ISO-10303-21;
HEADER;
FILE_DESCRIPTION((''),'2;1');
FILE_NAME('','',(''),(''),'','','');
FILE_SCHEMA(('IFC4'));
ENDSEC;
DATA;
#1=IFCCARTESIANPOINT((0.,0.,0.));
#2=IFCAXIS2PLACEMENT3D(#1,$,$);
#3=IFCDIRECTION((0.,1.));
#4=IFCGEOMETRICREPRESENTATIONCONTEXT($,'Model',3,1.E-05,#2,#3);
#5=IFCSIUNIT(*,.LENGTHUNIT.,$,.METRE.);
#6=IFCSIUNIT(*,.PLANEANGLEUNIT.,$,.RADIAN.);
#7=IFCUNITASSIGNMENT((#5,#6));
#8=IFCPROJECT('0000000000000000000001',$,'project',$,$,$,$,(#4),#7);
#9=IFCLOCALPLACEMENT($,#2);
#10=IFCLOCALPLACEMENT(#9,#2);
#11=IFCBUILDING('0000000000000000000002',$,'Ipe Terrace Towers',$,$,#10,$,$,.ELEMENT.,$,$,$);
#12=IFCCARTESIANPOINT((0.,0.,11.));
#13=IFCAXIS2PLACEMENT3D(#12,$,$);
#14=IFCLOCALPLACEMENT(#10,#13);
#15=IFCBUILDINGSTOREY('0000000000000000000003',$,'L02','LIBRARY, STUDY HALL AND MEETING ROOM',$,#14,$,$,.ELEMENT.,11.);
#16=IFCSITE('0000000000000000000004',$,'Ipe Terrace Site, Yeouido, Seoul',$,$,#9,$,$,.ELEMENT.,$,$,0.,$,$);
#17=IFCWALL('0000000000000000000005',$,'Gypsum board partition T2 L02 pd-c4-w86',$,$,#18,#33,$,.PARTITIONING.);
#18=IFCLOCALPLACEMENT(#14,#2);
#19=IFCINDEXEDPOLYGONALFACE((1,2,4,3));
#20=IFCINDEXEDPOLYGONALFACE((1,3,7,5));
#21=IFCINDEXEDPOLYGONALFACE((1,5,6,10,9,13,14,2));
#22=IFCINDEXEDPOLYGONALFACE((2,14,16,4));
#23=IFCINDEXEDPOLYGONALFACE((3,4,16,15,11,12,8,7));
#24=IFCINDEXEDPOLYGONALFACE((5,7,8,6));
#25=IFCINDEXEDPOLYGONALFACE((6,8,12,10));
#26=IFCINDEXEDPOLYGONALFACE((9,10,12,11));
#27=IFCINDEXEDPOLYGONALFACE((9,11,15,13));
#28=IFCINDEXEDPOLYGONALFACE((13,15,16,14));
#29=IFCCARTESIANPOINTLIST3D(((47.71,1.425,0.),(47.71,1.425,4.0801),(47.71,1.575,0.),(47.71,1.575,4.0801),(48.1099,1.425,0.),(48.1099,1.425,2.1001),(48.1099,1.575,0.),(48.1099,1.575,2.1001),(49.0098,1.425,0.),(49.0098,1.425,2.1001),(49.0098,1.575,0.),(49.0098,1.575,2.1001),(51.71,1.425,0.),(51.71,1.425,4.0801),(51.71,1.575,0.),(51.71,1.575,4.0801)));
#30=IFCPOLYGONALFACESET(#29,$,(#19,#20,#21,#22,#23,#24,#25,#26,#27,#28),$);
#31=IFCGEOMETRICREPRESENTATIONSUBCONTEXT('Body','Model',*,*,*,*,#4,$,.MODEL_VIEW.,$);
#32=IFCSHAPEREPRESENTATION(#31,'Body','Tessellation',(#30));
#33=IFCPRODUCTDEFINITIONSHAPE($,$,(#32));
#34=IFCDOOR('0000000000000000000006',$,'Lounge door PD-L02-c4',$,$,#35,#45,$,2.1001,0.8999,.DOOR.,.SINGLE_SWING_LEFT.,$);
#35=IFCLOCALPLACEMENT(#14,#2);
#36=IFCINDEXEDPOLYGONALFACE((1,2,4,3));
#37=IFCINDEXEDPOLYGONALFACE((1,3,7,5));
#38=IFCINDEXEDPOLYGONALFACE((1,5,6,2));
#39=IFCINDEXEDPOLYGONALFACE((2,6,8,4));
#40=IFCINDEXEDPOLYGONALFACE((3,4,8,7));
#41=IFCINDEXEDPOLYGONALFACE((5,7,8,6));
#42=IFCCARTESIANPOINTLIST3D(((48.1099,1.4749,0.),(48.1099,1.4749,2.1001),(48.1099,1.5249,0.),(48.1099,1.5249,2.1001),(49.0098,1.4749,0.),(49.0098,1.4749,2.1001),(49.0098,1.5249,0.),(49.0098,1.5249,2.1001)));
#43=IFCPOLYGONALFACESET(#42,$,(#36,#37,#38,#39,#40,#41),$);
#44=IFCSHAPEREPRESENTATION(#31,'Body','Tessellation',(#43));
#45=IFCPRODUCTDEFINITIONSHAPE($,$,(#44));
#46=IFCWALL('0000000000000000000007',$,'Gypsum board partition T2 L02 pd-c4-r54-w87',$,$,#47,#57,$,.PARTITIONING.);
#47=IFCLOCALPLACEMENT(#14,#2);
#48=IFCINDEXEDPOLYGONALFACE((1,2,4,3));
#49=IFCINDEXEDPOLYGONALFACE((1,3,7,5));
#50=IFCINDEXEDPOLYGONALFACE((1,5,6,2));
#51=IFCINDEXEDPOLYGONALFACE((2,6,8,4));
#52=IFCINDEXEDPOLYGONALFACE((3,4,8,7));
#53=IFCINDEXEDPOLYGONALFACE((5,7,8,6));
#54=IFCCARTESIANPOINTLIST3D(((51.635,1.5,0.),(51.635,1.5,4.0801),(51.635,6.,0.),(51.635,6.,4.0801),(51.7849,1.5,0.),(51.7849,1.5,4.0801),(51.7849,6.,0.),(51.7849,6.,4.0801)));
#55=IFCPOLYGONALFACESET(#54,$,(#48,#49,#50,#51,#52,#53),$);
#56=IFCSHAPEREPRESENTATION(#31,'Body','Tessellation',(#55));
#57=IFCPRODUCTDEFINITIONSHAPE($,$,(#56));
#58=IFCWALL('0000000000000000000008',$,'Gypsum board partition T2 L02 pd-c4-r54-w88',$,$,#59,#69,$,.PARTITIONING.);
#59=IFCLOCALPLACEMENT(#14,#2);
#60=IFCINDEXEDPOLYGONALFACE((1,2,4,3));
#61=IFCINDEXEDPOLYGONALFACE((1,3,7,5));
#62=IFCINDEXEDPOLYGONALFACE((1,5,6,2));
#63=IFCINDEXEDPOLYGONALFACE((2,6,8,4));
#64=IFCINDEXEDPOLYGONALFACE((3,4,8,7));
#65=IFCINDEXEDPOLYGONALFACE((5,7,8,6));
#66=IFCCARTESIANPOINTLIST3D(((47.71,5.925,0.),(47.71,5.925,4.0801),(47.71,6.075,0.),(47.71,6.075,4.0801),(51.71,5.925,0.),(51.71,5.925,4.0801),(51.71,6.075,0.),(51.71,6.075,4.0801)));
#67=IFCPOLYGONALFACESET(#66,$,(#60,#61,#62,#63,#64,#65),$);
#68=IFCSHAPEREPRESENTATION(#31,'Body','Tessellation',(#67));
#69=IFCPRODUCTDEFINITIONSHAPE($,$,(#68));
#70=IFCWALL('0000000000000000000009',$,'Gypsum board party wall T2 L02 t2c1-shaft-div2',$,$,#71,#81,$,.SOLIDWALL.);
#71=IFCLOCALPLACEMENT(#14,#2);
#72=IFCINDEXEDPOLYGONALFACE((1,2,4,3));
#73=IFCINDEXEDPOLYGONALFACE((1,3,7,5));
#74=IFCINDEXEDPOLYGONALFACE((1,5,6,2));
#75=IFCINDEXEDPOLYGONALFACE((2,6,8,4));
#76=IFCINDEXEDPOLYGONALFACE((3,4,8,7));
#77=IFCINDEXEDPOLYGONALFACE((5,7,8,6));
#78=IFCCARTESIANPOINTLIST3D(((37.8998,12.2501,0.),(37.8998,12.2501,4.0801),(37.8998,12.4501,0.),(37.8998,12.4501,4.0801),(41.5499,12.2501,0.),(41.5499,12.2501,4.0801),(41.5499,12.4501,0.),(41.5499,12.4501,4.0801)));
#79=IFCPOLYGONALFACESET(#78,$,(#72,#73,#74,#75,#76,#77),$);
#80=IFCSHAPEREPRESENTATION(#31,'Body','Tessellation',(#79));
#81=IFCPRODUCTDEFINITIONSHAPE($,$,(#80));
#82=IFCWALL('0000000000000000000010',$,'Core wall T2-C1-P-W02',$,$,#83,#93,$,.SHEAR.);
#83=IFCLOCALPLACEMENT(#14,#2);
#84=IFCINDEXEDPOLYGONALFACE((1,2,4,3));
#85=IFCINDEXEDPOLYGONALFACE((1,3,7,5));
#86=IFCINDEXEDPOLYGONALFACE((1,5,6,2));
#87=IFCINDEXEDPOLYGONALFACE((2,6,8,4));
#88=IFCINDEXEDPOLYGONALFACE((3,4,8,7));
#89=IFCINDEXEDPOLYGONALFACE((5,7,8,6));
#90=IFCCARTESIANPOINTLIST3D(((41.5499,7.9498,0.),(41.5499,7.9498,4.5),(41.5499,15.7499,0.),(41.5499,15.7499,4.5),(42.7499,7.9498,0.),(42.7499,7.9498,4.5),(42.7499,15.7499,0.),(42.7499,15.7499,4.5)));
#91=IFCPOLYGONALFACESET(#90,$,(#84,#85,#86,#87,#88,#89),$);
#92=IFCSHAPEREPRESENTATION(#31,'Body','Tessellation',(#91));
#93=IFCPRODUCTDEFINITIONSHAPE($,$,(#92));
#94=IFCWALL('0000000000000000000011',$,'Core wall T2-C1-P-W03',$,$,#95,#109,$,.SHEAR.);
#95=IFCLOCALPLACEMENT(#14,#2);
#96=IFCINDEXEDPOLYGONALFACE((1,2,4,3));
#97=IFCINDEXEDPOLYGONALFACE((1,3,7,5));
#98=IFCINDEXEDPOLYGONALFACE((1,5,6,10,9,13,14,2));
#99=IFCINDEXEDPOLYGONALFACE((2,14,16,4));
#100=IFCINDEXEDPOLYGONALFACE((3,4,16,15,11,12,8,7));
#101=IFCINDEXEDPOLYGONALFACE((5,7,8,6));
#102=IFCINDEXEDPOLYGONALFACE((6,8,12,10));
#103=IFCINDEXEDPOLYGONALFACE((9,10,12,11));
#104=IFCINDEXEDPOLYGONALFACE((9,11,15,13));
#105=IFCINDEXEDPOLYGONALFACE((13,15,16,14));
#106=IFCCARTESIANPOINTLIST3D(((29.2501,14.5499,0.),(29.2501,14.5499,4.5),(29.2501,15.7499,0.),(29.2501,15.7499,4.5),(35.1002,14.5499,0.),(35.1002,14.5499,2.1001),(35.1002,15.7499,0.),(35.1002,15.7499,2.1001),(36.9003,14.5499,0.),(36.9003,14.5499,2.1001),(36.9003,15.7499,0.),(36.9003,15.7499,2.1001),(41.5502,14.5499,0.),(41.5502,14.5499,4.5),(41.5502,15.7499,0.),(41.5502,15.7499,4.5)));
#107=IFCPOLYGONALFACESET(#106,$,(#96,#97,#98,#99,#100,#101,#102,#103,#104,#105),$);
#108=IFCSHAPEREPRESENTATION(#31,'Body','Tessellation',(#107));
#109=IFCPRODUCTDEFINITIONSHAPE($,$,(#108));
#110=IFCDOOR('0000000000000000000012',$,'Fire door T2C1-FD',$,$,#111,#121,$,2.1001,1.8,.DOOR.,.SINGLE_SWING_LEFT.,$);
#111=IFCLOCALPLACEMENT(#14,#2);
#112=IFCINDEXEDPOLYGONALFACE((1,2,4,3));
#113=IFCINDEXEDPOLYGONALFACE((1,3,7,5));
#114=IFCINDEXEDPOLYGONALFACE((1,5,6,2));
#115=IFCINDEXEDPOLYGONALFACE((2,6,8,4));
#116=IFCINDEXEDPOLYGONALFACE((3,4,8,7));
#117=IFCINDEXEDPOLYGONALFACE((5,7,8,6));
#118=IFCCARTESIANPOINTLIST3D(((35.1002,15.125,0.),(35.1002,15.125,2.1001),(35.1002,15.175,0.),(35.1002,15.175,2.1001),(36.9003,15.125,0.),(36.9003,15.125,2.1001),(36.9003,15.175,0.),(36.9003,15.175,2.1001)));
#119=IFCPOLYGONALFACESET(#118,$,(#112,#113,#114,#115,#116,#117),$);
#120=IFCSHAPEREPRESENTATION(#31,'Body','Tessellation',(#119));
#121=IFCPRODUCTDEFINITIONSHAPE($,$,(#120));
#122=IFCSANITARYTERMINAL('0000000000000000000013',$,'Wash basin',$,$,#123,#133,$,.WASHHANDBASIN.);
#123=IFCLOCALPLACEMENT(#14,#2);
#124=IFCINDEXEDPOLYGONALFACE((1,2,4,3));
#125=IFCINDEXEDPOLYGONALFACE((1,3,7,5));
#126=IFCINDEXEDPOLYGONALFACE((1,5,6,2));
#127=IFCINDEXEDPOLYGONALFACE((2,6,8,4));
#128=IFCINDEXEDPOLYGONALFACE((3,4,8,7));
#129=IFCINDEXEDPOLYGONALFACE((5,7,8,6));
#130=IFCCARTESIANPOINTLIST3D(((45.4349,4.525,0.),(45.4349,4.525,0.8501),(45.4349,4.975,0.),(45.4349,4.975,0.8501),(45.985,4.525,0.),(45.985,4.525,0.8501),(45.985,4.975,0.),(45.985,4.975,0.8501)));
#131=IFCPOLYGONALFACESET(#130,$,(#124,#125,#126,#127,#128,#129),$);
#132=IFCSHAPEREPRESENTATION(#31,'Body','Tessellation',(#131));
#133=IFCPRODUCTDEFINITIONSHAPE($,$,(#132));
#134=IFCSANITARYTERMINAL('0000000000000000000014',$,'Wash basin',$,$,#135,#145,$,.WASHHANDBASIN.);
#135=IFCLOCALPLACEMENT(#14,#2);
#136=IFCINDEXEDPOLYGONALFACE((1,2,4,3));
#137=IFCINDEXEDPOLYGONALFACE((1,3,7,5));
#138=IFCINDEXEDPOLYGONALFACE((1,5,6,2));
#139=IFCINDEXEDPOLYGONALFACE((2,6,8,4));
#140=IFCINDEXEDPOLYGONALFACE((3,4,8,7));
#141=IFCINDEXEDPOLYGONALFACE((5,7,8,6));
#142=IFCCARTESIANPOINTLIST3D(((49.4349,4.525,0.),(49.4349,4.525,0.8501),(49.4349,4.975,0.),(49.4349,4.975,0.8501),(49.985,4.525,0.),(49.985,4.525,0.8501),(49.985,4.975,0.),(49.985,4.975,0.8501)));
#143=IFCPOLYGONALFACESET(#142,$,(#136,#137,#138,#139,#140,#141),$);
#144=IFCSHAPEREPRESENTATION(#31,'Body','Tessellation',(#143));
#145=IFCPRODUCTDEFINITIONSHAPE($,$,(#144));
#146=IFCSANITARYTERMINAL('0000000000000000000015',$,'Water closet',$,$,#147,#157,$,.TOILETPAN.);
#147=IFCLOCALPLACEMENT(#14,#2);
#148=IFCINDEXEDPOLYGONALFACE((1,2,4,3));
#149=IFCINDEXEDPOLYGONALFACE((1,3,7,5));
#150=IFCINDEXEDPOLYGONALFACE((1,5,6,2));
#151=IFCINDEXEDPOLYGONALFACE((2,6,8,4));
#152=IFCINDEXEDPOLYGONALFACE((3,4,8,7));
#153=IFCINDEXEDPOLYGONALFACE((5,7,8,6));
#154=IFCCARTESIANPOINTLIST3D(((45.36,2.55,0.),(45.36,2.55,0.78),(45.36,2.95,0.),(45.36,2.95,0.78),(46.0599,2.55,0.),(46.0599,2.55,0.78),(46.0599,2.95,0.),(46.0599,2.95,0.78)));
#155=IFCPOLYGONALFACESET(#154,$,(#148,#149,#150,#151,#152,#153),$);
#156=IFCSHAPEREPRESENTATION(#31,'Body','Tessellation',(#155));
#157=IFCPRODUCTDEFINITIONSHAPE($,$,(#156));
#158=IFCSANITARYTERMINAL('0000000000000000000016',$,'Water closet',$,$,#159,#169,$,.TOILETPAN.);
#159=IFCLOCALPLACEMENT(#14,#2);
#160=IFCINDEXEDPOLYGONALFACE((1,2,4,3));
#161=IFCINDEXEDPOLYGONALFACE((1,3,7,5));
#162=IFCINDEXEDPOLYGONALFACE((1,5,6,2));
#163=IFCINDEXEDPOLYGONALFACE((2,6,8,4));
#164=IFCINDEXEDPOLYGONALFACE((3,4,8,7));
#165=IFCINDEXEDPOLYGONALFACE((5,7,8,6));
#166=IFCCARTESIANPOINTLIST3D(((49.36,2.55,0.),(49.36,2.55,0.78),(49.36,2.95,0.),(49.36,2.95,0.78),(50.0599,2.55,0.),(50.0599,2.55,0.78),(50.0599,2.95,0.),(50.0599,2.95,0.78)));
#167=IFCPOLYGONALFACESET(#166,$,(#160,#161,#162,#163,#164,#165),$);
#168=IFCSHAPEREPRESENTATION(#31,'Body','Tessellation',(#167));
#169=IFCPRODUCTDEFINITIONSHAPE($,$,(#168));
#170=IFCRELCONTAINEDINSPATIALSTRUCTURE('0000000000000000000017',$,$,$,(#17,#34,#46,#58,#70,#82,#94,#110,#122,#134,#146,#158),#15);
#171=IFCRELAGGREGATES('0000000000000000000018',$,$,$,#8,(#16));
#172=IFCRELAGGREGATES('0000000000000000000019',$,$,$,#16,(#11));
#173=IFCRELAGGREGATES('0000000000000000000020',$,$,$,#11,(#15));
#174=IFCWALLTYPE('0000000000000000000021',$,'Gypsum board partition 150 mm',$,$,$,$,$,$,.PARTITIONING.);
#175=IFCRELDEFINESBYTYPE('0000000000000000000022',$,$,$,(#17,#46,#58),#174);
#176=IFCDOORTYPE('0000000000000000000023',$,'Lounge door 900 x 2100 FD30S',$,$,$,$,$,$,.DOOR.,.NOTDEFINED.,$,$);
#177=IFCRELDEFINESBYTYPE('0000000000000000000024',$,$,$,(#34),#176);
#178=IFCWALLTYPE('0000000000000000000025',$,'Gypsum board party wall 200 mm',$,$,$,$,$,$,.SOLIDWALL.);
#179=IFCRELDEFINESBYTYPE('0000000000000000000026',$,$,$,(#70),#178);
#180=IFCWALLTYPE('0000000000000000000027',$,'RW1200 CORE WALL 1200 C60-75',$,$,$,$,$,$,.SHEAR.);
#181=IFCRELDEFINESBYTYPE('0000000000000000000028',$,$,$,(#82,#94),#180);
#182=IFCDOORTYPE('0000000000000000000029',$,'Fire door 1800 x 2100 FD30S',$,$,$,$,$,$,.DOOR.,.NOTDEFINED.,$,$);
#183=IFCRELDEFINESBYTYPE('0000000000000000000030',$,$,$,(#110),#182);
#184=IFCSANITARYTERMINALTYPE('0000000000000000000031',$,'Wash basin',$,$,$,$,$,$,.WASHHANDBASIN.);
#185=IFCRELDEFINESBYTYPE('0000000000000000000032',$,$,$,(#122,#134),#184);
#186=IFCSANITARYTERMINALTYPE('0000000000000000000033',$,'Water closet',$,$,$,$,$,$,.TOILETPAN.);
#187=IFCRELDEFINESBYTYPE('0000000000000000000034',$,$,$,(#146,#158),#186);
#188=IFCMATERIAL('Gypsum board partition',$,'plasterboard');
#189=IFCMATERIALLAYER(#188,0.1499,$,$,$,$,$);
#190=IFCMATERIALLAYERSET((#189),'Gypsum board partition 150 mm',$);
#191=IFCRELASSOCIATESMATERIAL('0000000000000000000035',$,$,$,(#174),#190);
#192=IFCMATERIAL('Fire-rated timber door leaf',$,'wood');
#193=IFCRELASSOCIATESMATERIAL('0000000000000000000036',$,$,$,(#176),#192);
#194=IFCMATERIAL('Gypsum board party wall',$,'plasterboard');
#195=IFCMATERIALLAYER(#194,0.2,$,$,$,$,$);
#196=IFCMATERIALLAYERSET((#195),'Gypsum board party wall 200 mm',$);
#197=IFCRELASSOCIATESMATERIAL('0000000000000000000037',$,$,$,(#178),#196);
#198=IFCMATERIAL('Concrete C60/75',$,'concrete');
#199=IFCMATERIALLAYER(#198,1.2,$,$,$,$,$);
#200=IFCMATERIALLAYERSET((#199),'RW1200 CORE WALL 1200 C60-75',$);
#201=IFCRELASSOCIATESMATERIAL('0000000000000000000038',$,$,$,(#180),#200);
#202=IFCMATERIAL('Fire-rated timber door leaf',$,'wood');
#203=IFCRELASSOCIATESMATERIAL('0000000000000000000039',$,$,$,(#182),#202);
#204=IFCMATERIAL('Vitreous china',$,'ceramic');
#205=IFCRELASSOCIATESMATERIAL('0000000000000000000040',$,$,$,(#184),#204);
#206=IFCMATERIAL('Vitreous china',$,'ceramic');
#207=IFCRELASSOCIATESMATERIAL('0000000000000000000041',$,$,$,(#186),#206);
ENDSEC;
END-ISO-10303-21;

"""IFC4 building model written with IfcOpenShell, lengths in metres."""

from ifc_helpers import new_model, si_unit, direction, frame, frame_2d, origin, origin_2d, place, context, subcontext, project, spatial, rectangle, extrude, material, layer, layer_set, type_object, element, fill, save


model = new_model("IFC4")

# Units and contexts
model_context = context("Model", 3, precision=1e-05, world=origin(), true_north=direction((0.0, 1.0)))
body_context = subcontext(model_context, "Body", "Model", "MODEL_VIEW")
ifc_project = project(units=[si_unit("LENGTHUNIT", "METRE"), si_unit("PLANEANGLEUNIT", "RADIAN")], contexts=[model_context])

# Site, building, storey
site_placement = place(None, origin())
site = spatial("IfcSite", under=ifc_project, at=site_placement, Name="Ipe Terrace Site, Yeouido, Seoul", CompositionType="ELEMENT", RefElevation=0.0)
building_placement = place(site_placement, origin())
building = spatial("IfcBuilding", under=site, at=building_placement, Name="Ipe Terrace Towers", CompositionType="ELEMENT")
storey_placement = place(building_placement, frame((0.0, 0.0, 11.0)))
storey = spatial("IfcBuildingStorey", under=building, at=storey_placement, Name="L02", Description="LIBRARY, STUDY HALL AND MEETING ROOM", CompositionType="ELEMENT", Elevation=11.0)

# Shared definitions
ifc_material_1 = material(Name="Gypsum board partition", Category="plasterboard")
ifc_layer_1 = layer(ifc_material_1, 0.1499)
ifc_layer_set_1 = layer_set([ifc_layer_1], Name="Gypsum board partition 150 mm")
wall_type_1 = type_object("IfcWallType", Name="Gypsum board partition 150 mm", PredefinedType="PARTITIONING", material=ifc_layer_set_1)

# Shared definitions
ifc_material_2 = material(Name="Fire-rated timber door leaf", Category="wood")
door_type_1 = type_object("IfcDoorType", Name="Lounge door 900 x 2100 FD30S", OperationType="NOTDEFINED", PredefinedType="DOOR", material=ifc_material_2)

# Wall, opening, door
wall_1_placement = place(storey_placement, frame((47.71, 1.5, 0.0), z_axis=(0.0, 0.0, 1.0), x_axis=(1.0, 0.0, 0.0)))
wall_1 = element("IfcWall", 1, at=wall_1_placement, inside=storey, type_object=wall_type_1, Name="Gypsum board partition T2 L02 pd-c4-w86", PredefinedType="PARTITIONING", context=body_context, shape_type="SweptSolid", body=[
    extrude(rectangle(XDim=4.0, YDim=0.1499, at=frame_2d((2.0, 0.0))), origin(), (0.0, 0.0, 1.0), 4.0801),
])
opening_1_placement = place(wall_1_placement, frame((0.3999, 0.0, 0.0)))
opening_1 = element("IfcOpeningElement", 2, at=opening_1_placement, cuts=wall_1, PredefinedType="OPENING", context=body_context, shape_type="SweptSolid", body=[
    extrude(rectangle(XDim=0.8999, YDim=2.1001, at=frame_2d((0.45, 1.05))), frame((0.0, 0.085, 0.0), z_axis=(0.0, -1.0, 0.0), x_axis=(1.0, 0.0, 0.0)), (0.0, 0.0, 1.0), 0.1699),
])
door_1_placement = place(opening_1_placement, origin())
door_1 = element("IfcDoor", 3, at=door_1_placement, inside=storey, type_object=door_type_1, Name="Lounge door PD-L02-c4", OperationType="SINGLE_SWING_LEFT", OverallHeight=2.1001, OverallWidth=0.8999, PredefinedType="DOOR", context=body_context, shape_type="SweptSolid", body=[
    extrude(rectangle(XDim=0.8999, YDim=2.1001, at=frame_2d((0.45, 1.05))), frame((0.0, 0.0249, 0.0), z_axis=(0.0, -1.0, 0.0), x_axis=(1.0, 0.0, 0.0)), (0.0, 0.0, 1.0), 0.05),
])
fill(opening_1, door_1)

# Walls
wall_2_placement = place(storey_placement, frame((51.71, 1.5, 0.0), z_axis=(0.0, 0.0, 1.0), x_axis=(0.0, 1.0, 0.0)))
element("IfcWall", 4, at=wall_2_placement, inside=storey, type_object=wall_type_1, Name="Gypsum board partition T2 L02 pd-c4-r54-w87", PredefinedType="PARTITIONING", context=body_context, shape_type="SweptSolid", body=[
    extrude(rectangle(XDim=4.5, YDim=0.1499, at=frame_2d((2.25, 0.0))), origin(), (0.0, 0.0, 1.0), 4.0801),
])
wall_3_placement = place(storey_placement, frame((51.71, 6.0, 0.0), z_axis=(0.0, 0.0, 1.0), x_axis=(-1.0, 0.0, 0.0)))
element("IfcWall", 5, at=wall_3_placement, inside=storey, type_object=wall_type_1, Name="Gypsum board partition T2 L02 pd-c4-r54-w88", PredefinedType="PARTITIONING", context=body_context, shape_type="SweptSolid", body=[
    extrude(rectangle(XDim=4.0, YDim=0.1499, at=frame_2d((2.0, 0.0))), origin(), (0.0, 0.0, 1.0), 4.0801),
])
ifc_material_3 = material(Name="Gypsum board party wall", Category="plasterboard")
ifc_layer_2 = layer(ifc_material_3, 0.2)
ifc_layer_set_2 = layer_set([ifc_layer_2], Name="Gypsum board party wall 200 mm")
wall_type_2 = type_object("IfcWallType", Name="Gypsum board party wall 200 mm", PredefinedType="SOLIDWALL", material=ifc_layer_set_2)
wall_4_placement = place(storey_placement, frame((41.55, 12.3501, 0.0), z_axis=(0.0, 0.0, 1.0), x_axis=(-1.0, 0.0, 0.0)))
element("IfcWall", 6, at=wall_4_placement, inside=storey, type_object=wall_type_2, Name="Gypsum board party wall T2 L02 t2c1-shaft-div2", PredefinedType="SOLIDWALL", context=body_context, shape_type="SweptSolid", body=[
    extrude(rectangle(XDim=3.6501, YDim=0.2, at=frame_2d((1.8252, 0.0))), origin(), (0.0, 0.0, 1.0), 4.0801),
])
ifc_material_4 = material(Name="Concrete C60/75", Category="concrete")
ifc_layer_3 = layer(ifc_material_4, 1.2)
ifc_layer_set_3 = layer_set([ifc_layer_3], Name="RW1200 CORE WALL 1200 C60-75")
wall_type_3 = type_object("IfcWallType", Name="RW1200 CORE WALL 1200 C60-75", PredefinedType="SHEAR", material=ifc_layer_set_3)
wall_5_placement = place(storey_placement, frame((42.1499, 7.95, 0.0), z_axis=(0.0, 0.0, 1.0), x_axis=(0.0, 1.0, 0.0)))
element("IfcWall", 7, at=wall_5_placement, inside=storey, type_object=wall_type_3, Name="Core wall T2-C1-P-W02", PredefinedType="SHEAR", context=body_context, shape_type="SweptSolid", body=[
    extrude(rectangle(XDim=7.8, YDim=1.2, at=frame_2d((3.8999, 0.0))), origin(), (0.0, 0.0, 1.0), 4.5),
])

# Wall, opening, door
wall_6_placement = place(storey_placement, frame((41.55, 15.1499, 0.0), z_axis=(0.0, 0.0, 1.0), x_axis=(-1.0, 0.0, 0.0)))
wall_6 = element("IfcWall", 8, at=wall_6_placement, inside=storey, type_object=wall_type_3, Name="Core wall T2-C1-P-W03", PredefinedType="SHEAR", context=body_context, shape_type="SweptSolid", body=[
    extrude(rectangle(XDim=12.3, YDim=1.2, at=frame_2d((6.1499, 0.0))), origin(), (0.0, 0.0, 1.0), 4.5),
])
opening_2_placement = place(wall_6_placement, frame((4.6499, 0.0, 0.0)))
opening_2 = element("IfcOpeningElement", 9, at=opening_2_placement, cuts=wall_6, PredefinedType="OPENING", context=body_context, shape_type="SweptSolid", body=[
    extrude(rectangle(XDim=1.8, YDim=2.1001, at=frame_2d((0.8999, 1.05))), frame((0.0, 0.6099, 0.0), z_axis=(0.0, -1.0, 0.0), x_axis=(1.0, 0.0, 0.0)), (0.0, 0.0, 1.0), 1.22),
])
ifc_material_5 = material(Name="Fire-rated timber door leaf", Category="wood")
door_type_2 = type_object("IfcDoorType", Name="Fire door 1800 x 2100 FD30S", OperationType="NOTDEFINED", PredefinedType="DOOR", material=ifc_material_5)
door_2_placement = place(opening_2_placement, origin())
door_2 = element("IfcDoor", 10, at=door_2_placement, inside=storey, type_object=door_type_2, Name="Fire door T2C1-FD", OperationType="SINGLE_SWING_LEFT", OverallHeight=2.1001, OverallWidth=1.8, PredefinedType="DOOR", context=body_context, shape_type="SweptSolid", body=[
    extrude(rectangle(XDim=1.8, YDim=2.1001, at=frame_2d((0.8999, 1.05))), frame((0.0, 0.0249, 0.0), z_axis=(0.0, -1.0, 0.0), x_axis=(1.0, 0.0, 0.0)), (0.0, 0.0, 1.0), 0.05),
])
fill(opening_2, door_2)

# Sanitary terminals
ifc_material_6 = material(Name="Vitreous china", Category="ceramic")
sanitary_terminal_type_1 = type_object("IfcSanitaryTerminalType", Name="Wash basin", PredefinedType="WASHHANDBASIN", material=ifc_material_6)
for number, where, z_axis, x_axis, name in (
    (11, (45.71, 4.75, 0.0), (0.0, 0.0, 1.0), (1.0, 0.0, 0.0), "Wash basin"),
    (12, (49.71, 4.75, 0.0), (0.0, 0.0, 1.0), (1.0, 0.0, 0.0), "Wash basin"),
):
    element("IfcSanitaryTerminal", number, at=place(storey_placement, frame(where, z_axis=z_axis, x_axis=x_axis)), inside=storey, type_object=sanitary_terminal_type_1, Name=name, PredefinedType="WASHHANDBASIN", context=body_context, shape_type="SweptSolid", body=[
        extrude(rectangle(XDim=0.55, YDim=0.45, at=origin_2d()), origin(), (0.0, 0.0, 1.0), 0.8501),
    ])
ifc_material_7 = material(Name="Vitreous china", Category="ceramic")
sanitary_terminal_type_2 = type_object("IfcSanitaryTerminalType", Name="Water closet", PredefinedType="TOILETPAN", material=ifc_material_7)
for number, where, z_axis, x_axis, name in (
    (13, (45.71, 2.75, 0.0), (0.0, 0.0, 1.0), (1.0, 0.0, 0.0), "Water closet"),
    (14, (49.71, 2.75, 0.0), (0.0, 0.0, 1.0), (1.0, 0.0, 0.0), "Water closet"),
):
    element("IfcSanitaryTerminal", number, at=place(storey_placement, frame(where, z_axis=z_axis, x_axis=x_axis)), inside=storey, type_object=sanitary_terminal_type_2, Name=name, PredefinedType="TOILETPAN", context=body_context, shape_type="SweptSolid", body=[
        extrude(rectangle(XDim=0.7, YDim=0.3999, at=origin_2d()), origin(), (0.0, 0.0, 1.0), 0.78),
    ])

save(model, "model.ifc")
